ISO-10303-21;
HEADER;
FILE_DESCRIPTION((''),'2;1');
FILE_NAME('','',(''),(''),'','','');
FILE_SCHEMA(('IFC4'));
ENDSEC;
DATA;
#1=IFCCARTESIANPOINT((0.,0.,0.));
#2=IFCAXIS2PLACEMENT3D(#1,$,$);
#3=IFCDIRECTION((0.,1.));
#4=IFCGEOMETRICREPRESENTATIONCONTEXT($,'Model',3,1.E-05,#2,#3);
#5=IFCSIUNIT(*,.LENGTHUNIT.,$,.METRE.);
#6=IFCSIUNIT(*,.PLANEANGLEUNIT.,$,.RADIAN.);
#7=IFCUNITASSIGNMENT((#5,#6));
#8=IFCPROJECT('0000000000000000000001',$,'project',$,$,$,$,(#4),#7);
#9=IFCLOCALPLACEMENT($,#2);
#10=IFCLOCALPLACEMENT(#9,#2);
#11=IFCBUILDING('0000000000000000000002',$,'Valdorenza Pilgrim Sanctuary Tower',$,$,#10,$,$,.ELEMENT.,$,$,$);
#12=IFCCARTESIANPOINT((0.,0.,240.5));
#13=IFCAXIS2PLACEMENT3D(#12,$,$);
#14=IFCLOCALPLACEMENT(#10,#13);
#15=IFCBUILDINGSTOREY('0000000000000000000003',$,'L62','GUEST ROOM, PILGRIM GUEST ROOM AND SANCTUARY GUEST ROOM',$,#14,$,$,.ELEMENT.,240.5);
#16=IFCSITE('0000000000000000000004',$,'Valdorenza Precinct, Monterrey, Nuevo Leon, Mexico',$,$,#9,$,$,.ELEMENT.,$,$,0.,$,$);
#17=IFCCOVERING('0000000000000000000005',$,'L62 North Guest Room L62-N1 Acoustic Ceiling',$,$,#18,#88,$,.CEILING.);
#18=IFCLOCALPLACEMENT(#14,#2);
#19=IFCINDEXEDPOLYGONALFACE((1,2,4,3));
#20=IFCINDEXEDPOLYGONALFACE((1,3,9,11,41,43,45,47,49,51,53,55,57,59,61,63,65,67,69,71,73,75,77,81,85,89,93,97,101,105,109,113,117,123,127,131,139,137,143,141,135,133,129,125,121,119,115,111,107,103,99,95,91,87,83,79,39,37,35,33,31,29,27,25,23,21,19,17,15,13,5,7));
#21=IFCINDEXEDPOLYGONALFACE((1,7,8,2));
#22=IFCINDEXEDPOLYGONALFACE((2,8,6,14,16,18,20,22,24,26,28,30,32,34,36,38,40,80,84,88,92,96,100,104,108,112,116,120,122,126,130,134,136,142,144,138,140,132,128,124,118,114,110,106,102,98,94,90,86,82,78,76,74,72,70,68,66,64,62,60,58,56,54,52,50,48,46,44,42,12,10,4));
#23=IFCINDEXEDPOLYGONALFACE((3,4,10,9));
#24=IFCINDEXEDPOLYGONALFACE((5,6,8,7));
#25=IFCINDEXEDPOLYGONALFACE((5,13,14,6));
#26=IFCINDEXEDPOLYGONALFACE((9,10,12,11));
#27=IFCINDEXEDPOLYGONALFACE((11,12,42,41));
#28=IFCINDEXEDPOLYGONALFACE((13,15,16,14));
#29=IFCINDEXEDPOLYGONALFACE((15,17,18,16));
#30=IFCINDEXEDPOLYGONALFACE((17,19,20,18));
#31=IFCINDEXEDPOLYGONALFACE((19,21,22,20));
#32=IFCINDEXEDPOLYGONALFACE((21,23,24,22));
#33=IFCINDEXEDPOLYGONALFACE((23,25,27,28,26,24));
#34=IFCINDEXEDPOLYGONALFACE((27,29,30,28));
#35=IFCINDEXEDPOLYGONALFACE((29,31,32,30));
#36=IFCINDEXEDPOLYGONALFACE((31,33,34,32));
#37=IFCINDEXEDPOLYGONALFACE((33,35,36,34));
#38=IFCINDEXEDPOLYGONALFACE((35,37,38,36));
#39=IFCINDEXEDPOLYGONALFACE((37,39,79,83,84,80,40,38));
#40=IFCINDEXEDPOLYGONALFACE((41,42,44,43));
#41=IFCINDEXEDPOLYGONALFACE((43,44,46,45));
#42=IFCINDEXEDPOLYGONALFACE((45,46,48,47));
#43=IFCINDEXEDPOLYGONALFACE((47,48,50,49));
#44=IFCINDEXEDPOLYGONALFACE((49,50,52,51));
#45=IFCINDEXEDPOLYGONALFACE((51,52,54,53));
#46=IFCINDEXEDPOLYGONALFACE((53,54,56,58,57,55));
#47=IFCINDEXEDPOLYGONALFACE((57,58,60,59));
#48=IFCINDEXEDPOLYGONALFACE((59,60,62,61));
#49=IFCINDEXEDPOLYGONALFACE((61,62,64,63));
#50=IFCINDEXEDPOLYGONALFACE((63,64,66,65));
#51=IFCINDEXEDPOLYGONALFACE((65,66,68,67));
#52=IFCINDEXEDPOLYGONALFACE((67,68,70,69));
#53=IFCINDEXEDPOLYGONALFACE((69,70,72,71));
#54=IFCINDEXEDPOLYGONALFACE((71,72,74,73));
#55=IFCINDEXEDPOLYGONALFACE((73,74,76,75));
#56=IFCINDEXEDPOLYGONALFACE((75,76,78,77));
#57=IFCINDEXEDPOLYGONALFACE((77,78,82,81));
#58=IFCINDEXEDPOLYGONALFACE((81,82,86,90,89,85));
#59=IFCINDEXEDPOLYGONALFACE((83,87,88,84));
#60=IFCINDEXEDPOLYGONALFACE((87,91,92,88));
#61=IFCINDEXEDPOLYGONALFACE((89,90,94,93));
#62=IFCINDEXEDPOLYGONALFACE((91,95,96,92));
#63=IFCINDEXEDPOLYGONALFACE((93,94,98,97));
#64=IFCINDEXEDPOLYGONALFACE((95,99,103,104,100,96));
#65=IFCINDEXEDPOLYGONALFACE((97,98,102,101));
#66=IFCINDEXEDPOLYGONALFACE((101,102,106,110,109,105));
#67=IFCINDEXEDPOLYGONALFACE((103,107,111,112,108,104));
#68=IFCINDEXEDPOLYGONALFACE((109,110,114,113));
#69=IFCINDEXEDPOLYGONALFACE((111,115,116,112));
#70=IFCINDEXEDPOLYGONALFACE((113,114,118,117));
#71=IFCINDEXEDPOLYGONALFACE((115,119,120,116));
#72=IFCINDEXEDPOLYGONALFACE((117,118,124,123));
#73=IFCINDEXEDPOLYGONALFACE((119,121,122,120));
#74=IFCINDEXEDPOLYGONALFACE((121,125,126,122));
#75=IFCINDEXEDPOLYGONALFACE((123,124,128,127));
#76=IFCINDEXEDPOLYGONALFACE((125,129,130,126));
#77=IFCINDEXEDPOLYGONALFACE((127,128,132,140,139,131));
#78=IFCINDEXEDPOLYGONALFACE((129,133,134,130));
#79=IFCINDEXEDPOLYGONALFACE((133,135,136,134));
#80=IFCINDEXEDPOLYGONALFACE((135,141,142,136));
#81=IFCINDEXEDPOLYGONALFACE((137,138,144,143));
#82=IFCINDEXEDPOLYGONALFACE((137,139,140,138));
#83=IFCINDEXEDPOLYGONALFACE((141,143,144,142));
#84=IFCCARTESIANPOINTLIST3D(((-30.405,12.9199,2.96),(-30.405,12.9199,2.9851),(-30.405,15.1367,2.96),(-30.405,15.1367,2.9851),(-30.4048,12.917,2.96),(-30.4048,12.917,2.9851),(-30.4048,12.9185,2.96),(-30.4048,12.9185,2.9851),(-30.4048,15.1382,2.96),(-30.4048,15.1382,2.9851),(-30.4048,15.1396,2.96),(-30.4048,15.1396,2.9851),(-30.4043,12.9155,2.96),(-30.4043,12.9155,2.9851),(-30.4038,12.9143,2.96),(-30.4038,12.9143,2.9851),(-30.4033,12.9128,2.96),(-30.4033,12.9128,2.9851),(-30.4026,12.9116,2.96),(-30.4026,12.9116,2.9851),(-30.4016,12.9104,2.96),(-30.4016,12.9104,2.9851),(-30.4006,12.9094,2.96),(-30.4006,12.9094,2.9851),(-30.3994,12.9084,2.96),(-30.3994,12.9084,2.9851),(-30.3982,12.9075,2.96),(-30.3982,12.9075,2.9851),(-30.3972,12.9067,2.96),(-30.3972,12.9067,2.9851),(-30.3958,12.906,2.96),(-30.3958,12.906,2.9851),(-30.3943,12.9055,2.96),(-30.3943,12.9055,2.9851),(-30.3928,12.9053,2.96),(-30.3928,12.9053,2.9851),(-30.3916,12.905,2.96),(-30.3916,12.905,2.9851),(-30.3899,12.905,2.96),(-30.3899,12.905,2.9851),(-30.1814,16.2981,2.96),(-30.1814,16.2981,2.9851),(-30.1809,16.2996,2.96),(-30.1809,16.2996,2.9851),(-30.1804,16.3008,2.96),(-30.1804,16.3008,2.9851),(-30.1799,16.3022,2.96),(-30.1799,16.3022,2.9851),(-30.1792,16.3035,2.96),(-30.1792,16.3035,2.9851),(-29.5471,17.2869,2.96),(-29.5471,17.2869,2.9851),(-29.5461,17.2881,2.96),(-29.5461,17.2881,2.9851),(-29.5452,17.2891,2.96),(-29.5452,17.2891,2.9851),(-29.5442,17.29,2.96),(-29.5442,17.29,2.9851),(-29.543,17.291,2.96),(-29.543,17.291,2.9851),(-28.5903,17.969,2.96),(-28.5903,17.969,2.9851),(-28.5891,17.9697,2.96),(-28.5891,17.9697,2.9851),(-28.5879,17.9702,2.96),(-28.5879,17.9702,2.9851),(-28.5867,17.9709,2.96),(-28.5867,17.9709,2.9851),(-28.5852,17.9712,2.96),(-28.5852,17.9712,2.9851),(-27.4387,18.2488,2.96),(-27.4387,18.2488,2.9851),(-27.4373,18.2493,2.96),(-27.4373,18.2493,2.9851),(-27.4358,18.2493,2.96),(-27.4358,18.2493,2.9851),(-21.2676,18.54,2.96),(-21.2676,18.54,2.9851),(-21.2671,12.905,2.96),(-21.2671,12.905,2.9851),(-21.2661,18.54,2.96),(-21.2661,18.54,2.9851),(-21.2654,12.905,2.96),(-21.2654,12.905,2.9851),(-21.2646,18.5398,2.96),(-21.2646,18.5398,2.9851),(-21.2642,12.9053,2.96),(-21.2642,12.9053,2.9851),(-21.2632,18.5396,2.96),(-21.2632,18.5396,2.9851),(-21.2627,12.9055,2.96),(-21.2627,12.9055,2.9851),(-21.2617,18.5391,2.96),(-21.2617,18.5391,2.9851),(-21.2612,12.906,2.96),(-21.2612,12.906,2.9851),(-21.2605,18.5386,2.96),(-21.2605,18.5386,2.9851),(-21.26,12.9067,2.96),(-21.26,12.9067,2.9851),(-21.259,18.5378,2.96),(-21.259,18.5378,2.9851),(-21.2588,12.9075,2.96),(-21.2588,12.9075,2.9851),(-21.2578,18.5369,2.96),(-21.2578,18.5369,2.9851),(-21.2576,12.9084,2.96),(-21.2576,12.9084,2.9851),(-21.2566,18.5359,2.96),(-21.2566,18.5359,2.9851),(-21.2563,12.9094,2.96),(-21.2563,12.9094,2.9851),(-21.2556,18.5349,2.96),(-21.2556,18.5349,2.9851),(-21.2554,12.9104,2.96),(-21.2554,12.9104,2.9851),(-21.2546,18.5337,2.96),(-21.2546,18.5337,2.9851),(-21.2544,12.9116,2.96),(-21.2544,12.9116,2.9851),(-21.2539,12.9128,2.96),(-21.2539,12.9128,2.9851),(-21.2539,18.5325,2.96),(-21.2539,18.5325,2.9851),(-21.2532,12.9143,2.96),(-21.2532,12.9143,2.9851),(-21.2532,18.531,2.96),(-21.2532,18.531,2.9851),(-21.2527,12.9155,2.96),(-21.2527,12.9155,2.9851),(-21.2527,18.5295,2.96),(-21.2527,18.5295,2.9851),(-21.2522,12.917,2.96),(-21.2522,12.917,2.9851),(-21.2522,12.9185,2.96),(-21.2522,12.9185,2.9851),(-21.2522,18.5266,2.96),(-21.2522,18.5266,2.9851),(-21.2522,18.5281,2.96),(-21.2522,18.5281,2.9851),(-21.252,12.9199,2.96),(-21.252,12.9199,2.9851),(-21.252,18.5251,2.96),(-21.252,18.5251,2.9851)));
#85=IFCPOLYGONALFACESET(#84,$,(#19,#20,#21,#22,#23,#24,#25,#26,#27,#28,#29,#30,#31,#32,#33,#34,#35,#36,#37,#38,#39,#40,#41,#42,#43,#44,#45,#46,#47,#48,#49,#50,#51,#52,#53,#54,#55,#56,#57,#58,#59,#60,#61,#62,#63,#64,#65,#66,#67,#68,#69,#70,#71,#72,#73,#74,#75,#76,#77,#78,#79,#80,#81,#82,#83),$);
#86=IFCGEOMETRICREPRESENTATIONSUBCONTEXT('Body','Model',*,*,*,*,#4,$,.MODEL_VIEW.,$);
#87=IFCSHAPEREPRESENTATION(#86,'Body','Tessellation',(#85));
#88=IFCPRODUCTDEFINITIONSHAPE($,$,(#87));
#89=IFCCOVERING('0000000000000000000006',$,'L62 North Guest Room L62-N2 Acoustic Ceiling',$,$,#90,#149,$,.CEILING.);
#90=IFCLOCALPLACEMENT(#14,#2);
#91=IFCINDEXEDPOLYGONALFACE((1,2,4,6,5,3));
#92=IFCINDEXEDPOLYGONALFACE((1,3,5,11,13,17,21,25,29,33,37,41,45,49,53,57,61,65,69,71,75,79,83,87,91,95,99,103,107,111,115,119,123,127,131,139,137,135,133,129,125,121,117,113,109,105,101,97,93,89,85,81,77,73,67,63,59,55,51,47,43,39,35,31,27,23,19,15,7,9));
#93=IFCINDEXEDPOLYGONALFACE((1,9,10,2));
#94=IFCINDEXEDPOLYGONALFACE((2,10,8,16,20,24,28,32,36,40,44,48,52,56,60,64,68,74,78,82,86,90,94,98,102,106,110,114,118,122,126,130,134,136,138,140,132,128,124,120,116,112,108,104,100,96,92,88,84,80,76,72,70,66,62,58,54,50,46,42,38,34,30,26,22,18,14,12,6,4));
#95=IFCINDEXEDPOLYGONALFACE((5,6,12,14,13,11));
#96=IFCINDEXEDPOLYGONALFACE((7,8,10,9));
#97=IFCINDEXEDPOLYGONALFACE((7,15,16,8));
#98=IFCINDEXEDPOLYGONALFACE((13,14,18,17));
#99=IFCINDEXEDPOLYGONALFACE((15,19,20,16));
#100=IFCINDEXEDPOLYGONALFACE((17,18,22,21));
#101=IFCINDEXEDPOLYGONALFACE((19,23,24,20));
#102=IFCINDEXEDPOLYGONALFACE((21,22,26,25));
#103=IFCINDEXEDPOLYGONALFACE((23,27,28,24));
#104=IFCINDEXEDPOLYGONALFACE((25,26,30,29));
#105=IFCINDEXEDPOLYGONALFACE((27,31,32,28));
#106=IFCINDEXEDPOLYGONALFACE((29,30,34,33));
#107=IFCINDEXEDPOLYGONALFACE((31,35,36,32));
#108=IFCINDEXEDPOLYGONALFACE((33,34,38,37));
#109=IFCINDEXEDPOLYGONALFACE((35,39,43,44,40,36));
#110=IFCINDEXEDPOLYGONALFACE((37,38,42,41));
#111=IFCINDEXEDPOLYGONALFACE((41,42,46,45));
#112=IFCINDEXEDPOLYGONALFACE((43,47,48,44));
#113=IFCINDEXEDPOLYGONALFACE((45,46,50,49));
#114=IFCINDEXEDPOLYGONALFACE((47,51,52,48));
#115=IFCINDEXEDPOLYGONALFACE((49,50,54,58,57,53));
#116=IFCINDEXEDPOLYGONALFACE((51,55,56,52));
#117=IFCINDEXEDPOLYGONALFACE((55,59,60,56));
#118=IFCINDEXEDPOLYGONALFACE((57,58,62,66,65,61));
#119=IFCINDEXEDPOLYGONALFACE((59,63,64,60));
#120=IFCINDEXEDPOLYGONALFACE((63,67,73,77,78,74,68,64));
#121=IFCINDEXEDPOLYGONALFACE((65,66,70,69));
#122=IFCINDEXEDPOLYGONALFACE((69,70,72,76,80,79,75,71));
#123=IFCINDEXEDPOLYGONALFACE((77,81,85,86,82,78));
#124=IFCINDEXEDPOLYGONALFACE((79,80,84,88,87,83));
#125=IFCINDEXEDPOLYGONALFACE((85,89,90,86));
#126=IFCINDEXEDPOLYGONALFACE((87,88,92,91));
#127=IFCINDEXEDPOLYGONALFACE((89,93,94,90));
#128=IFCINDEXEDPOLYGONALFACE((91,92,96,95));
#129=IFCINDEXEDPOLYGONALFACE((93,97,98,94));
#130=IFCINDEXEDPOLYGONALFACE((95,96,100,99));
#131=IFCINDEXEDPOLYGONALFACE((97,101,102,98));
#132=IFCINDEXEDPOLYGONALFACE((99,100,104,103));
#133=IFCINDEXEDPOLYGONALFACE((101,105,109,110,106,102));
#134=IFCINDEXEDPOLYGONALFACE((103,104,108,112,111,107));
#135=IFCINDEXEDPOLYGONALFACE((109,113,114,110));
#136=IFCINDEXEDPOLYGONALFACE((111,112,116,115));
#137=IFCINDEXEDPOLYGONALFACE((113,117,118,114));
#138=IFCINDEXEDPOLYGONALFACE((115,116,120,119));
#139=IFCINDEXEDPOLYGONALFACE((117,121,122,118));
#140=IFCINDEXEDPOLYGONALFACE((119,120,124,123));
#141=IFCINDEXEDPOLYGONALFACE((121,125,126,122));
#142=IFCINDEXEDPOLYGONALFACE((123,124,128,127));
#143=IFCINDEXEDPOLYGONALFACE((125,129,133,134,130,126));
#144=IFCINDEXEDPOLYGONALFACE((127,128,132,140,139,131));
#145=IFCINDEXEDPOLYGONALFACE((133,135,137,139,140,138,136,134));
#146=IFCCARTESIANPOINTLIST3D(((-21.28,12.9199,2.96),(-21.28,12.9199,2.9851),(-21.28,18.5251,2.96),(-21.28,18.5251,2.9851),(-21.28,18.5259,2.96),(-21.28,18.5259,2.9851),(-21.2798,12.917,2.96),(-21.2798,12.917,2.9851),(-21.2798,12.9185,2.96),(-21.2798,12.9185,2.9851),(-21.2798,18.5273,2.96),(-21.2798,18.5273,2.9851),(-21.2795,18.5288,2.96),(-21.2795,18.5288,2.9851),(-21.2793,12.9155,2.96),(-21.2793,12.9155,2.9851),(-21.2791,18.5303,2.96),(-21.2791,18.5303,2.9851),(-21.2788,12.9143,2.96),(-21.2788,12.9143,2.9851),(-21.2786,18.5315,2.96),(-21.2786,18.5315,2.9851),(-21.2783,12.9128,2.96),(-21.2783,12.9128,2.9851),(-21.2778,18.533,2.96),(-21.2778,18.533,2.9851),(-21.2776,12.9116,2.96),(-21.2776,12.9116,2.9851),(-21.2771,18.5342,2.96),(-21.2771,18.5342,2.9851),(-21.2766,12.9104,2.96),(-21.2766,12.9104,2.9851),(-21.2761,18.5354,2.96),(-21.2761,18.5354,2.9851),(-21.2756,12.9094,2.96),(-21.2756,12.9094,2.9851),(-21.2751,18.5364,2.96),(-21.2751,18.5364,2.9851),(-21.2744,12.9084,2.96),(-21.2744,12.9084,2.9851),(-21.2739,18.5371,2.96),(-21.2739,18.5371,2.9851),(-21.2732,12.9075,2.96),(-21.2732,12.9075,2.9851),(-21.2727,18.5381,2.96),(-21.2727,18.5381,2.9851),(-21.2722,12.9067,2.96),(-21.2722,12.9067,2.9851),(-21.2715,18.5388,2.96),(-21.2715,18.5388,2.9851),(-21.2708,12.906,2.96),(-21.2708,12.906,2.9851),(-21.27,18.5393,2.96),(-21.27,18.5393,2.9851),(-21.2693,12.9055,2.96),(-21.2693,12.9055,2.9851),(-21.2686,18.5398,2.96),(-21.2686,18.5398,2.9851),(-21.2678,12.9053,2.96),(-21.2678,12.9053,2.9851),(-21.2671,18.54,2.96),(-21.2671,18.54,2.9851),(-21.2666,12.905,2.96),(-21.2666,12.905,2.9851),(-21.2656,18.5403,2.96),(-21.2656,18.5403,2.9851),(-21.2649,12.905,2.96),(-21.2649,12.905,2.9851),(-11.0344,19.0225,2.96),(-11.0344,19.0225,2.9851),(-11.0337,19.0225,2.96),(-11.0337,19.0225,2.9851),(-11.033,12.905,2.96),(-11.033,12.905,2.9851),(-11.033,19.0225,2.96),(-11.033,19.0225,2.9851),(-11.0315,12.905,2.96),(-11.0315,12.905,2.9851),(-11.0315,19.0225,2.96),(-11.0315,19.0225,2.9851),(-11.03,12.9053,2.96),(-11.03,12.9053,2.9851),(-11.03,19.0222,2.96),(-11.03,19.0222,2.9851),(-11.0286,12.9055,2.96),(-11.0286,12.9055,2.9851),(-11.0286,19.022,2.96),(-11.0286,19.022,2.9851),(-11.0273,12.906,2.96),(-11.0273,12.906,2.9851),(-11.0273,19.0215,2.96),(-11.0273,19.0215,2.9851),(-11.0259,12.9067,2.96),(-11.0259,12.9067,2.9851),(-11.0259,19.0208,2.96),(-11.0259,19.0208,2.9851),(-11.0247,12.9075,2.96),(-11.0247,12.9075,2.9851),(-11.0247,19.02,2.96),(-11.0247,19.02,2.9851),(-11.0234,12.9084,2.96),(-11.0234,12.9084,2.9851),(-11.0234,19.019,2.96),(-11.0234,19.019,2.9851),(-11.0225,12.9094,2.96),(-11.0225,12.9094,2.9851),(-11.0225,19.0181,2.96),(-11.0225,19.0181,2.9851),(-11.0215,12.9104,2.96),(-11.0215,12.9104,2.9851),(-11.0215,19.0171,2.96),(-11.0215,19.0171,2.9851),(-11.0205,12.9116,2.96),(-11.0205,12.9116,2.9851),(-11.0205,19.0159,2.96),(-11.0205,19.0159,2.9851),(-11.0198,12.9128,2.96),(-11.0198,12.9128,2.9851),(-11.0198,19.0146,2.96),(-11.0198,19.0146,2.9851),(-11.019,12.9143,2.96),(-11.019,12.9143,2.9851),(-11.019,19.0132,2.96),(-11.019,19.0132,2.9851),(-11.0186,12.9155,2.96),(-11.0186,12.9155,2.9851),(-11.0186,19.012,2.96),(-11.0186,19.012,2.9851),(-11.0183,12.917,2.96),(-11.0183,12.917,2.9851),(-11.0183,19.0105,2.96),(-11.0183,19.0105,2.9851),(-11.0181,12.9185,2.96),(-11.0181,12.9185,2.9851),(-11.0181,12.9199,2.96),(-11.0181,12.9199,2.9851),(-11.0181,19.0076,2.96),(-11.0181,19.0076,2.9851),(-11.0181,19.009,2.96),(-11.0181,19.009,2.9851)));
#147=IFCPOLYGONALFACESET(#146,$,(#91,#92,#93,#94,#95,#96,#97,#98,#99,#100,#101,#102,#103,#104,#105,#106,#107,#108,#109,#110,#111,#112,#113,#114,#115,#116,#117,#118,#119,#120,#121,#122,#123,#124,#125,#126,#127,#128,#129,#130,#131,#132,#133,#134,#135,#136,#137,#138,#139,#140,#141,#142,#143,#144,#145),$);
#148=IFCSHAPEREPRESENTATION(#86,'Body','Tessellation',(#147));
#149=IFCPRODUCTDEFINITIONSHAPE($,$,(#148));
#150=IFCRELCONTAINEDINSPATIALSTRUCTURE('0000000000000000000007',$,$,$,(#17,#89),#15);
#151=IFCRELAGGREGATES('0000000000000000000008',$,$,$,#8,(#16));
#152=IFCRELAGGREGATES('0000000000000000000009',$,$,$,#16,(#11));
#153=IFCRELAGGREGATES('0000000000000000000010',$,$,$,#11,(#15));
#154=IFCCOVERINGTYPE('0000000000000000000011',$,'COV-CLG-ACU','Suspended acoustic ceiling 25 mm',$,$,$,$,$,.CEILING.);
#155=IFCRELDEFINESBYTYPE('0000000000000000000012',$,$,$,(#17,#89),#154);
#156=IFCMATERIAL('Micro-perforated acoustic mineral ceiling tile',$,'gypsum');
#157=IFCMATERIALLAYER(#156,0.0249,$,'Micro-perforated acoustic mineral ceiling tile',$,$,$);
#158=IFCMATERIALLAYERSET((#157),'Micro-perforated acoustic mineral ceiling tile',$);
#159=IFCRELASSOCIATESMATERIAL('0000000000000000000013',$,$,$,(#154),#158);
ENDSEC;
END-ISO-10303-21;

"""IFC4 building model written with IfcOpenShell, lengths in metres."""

from ifc_helpers import new_model, si_unit, direction, frame, origin, place, context, subcontext, project, spatial, polyline, outline, extrude, material, layer, layer_set, type_object, element, save


model = new_model("IFC4")

# Units and contexts
model_context = context("Model", 3, precision=1e-05, world=origin(), true_north=direction((0.0, 1.0)))
body_context = subcontext(model_context, "Body", "Model", "MODEL_VIEW")
ifc_project = project(units=[si_unit("LENGTHUNIT", "METRE"), si_unit("PLANEANGLEUNIT", "RADIAN")], contexts=[model_context])

# Site, building, storey
site_placement = place(None, origin())
site = spatial("IfcSite", under=ifc_project, at=site_placement, Name="Valdorenza Precinct, Monterrey, Nuevo Leon, Mexico", CompositionType="ELEMENT", RefElevation=0.0)
building_placement = place(site_placement, origin())
building = spatial("IfcBuilding", under=site, at=building_placement, Name="Valdorenza Pilgrim Sanctuary Tower", CompositionType="ELEMENT")
storey_placement = place(building_placement, frame((0.0, 0.0, 240.5)))
storey = spatial("IfcBuildingStorey", under=building, at=storey_placement, Name="L62", Description="GUEST ROOM, PILGRIM GUEST ROOM AND SANCTUARY GUEST ROOM", CompositionType="ELEMENT", Elevation=240.5)

# Coverings
ifc_material_1 = material(Name="Micro-perforated acoustic mineral ceiling tile", Category="gypsum")
ifc_layer_1 = layer(ifc_material_1, 0.0249, Name="Micro-perforated acoustic mineral ceiling tile")
ifc_layer_set_1 = layer_set([ifc_layer_1], Name="Micro-perforated acoustic mineral ceiling tile")
covering_type_1 = type_object("IfcCoveringType", Name="COV-CLG-ACU", Description="Suspended acoustic ceiling 25 mm", PredefinedType="CEILING", material=ifc_layer_set_1)
covering_1_placement = place(storey_placement, frame((0.0, 0.0, 2.96)))
element("IfcCovering", 1, at=covering_1_placement, inside=storey, type_object=covering_type_1, Name="L62 North Guest Room L62-N1 Acoustic Ceiling", PredefinedType="CEILING", context=body_context, shape_type="SweptSolid", body=[
    extrude(outline(polyline([(-30.1814, 16.2981), (-30.1809, 16.2996), (-30.1804, 16.3008), (-30.1799, 16.3022), (-30.1792, 16.3035), (-29.5471, 17.2869), (-29.5461, 17.2881), (-29.5452, 17.2891), (-29.5442, 17.29), (-29.543, 17.291), (-28.5903, 17.969), (-28.5891, 17.9697), (-28.5879, 17.9702), (-28.5867, 17.9709), (-28.5852, 17.9712), (-27.4387, 18.2488), (-27.4373, 18.2493), (-27.4358, 18.2493), (-21.2676, 18.54), (-21.2661, 18.54), (-21.2646, 18.5398), (-21.2632, 18.5396), (-21.2617, 18.5391), (-21.2605, 18.5386), (-21.259, 18.5378), (-21.2578, 18.5369), (-21.2566, 18.5359), (-21.2556, 18.5349), (-21.2546, 18.5337), (-21.2539, 18.5325), (-21.2532, 18.531), (-21.2527, 18.5295), (-21.2522, 18.5281), (-21.2522, 18.5266), (-21.252, 18.5251), (-21.252, 12.9199), (-21.2522, 12.9185), (-21.2522, 12.917), (-21.2527, 12.9155), (-21.2532, 12.9143), (-21.2539, 12.9128), (-21.2544, 12.9116), (-21.2554, 12.9104), (-21.2563, 12.9094), (-21.2576, 12.9084), (-21.2588, 12.9075), (-21.26, 12.9067), (-21.2612, 12.906), (-21.2627, 12.9055), (-21.2642, 12.9053), (-21.2654, 12.905), (-21.2671, 12.905), (-30.3899, 12.905), (-30.3916, 12.905), (-30.3928, 12.9053), (-30.3943, 12.9055), (-30.3958, 12.906), (-30.3972, 12.9067), (-30.3982, 12.9075), (-30.3994, 12.9084), (-30.4006, 12.9094), (-30.4016, 12.9104), (-30.4026, 12.9116), (-30.4033, 12.9128), (-30.4038, 12.9143), (-30.4043, 12.9155), (-30.4048, 12.917), (-30.4048, 12.9185), (-30.405, 12.9199), (-30.405, 15.1367), (-30.4048, 15.1382), (-30.4048, 15.1396), (-30.1814, 16.2981)])), origin(), (0.0, 0.0, 1.0), 0.0251),
])
covering_2_placement = place(storey_placement, frame((0.0, 0.0, 2.96)))
element("IfcCovering", 2, at=covering_2_placement, inside=storey, type_object=covering_type_1, Name="L62 North Guest Room L62-N2 Acoustic Ceiling", PredefinedType="CEILING", context=body_context, shape_type="SweptSolid", body=[
    extrude(outline(polyline([(-21.28, 18.5251), (-21.28, 18.5259), (-21.2798, 18.5273), (-21.2795, 18.5288), (-21.2791, 18.5303), (-21.2786, 18.5315), (-21.2778, 18.533), (-21.2771, 18.5342), (-21.2761, 18.5354), (-21.2751, 18.5364), (-21.2739, 18.5371), (-21.2727, 18.5381), (-21.2715, 18.5388), (-21.27, 18.5393), (-21.2686, 18.5398), (-21.2671, 18.54), (-21.2656, 18.5403), (-11.0344, 19.0225), (-11.0337, 19.0225), (-11.033, 19.0225), (-11.0315, 19.0225), (-11.03, 19.0222), (-11.0286, 19.022), (-11.0273, 19.0215), (-11.0259, 19.0208), (-11.0247, 19.02), (-11.0234, 19.019), (-11.0225, 19.0181), (-11.0215, 19.0171), (-11.0205, 19.0159), (-11.0198, 19.0146), (-11.019, 19.0132), (-11.0186, 19.012), (-11.0183, 19.0105), (-11.0181, 19.009), (-11.0181, 19.0076), (-11.0181, 12.9199), (-11.0181, 12.9185), (-11.0183, 12.917), (-11.0186, 12.9155), (-11.019, 12.9143), (-11.0198, 12.9128), (-11.0205, 12.9116), (-11.0215, 12.9104), (-11.0225, 12.9094), (-11.0234, 12.9084), (-11.0247, 12.9075), (-11.0259, 12.9067), (-11.0273, 12.906), (-11.0286, 12.9055), (-11.03, 12.9053), (-11.0315, 12.905), (-11.033, 12.905), (-21.2649, 12.905), (-21.2666, 12.905), (-21.2678, 12.9053), (-21.2693, 12.9055), (-21.2708, 12.906), (-21.2722, 12.9067), (-21.2732, 12.9075), (-21.2744, 12.9084), (-21.2756, 12.9094), (-21.2766, 12.9104), (-21.2776, 12.9116), (-21.2783, 12.9128), (-21.2788, 12.9143), (-21.2793, 12.9155), (-21.2798, 12.917), (-21.2798, 12.9185), (-21.28, 12.9199), (-21.28, 18.5251), (-21.28, 18.5251)])), origin(), (0.0, 0.0, 1.0), 0.0251),
])

save(model, "model.ifc")
